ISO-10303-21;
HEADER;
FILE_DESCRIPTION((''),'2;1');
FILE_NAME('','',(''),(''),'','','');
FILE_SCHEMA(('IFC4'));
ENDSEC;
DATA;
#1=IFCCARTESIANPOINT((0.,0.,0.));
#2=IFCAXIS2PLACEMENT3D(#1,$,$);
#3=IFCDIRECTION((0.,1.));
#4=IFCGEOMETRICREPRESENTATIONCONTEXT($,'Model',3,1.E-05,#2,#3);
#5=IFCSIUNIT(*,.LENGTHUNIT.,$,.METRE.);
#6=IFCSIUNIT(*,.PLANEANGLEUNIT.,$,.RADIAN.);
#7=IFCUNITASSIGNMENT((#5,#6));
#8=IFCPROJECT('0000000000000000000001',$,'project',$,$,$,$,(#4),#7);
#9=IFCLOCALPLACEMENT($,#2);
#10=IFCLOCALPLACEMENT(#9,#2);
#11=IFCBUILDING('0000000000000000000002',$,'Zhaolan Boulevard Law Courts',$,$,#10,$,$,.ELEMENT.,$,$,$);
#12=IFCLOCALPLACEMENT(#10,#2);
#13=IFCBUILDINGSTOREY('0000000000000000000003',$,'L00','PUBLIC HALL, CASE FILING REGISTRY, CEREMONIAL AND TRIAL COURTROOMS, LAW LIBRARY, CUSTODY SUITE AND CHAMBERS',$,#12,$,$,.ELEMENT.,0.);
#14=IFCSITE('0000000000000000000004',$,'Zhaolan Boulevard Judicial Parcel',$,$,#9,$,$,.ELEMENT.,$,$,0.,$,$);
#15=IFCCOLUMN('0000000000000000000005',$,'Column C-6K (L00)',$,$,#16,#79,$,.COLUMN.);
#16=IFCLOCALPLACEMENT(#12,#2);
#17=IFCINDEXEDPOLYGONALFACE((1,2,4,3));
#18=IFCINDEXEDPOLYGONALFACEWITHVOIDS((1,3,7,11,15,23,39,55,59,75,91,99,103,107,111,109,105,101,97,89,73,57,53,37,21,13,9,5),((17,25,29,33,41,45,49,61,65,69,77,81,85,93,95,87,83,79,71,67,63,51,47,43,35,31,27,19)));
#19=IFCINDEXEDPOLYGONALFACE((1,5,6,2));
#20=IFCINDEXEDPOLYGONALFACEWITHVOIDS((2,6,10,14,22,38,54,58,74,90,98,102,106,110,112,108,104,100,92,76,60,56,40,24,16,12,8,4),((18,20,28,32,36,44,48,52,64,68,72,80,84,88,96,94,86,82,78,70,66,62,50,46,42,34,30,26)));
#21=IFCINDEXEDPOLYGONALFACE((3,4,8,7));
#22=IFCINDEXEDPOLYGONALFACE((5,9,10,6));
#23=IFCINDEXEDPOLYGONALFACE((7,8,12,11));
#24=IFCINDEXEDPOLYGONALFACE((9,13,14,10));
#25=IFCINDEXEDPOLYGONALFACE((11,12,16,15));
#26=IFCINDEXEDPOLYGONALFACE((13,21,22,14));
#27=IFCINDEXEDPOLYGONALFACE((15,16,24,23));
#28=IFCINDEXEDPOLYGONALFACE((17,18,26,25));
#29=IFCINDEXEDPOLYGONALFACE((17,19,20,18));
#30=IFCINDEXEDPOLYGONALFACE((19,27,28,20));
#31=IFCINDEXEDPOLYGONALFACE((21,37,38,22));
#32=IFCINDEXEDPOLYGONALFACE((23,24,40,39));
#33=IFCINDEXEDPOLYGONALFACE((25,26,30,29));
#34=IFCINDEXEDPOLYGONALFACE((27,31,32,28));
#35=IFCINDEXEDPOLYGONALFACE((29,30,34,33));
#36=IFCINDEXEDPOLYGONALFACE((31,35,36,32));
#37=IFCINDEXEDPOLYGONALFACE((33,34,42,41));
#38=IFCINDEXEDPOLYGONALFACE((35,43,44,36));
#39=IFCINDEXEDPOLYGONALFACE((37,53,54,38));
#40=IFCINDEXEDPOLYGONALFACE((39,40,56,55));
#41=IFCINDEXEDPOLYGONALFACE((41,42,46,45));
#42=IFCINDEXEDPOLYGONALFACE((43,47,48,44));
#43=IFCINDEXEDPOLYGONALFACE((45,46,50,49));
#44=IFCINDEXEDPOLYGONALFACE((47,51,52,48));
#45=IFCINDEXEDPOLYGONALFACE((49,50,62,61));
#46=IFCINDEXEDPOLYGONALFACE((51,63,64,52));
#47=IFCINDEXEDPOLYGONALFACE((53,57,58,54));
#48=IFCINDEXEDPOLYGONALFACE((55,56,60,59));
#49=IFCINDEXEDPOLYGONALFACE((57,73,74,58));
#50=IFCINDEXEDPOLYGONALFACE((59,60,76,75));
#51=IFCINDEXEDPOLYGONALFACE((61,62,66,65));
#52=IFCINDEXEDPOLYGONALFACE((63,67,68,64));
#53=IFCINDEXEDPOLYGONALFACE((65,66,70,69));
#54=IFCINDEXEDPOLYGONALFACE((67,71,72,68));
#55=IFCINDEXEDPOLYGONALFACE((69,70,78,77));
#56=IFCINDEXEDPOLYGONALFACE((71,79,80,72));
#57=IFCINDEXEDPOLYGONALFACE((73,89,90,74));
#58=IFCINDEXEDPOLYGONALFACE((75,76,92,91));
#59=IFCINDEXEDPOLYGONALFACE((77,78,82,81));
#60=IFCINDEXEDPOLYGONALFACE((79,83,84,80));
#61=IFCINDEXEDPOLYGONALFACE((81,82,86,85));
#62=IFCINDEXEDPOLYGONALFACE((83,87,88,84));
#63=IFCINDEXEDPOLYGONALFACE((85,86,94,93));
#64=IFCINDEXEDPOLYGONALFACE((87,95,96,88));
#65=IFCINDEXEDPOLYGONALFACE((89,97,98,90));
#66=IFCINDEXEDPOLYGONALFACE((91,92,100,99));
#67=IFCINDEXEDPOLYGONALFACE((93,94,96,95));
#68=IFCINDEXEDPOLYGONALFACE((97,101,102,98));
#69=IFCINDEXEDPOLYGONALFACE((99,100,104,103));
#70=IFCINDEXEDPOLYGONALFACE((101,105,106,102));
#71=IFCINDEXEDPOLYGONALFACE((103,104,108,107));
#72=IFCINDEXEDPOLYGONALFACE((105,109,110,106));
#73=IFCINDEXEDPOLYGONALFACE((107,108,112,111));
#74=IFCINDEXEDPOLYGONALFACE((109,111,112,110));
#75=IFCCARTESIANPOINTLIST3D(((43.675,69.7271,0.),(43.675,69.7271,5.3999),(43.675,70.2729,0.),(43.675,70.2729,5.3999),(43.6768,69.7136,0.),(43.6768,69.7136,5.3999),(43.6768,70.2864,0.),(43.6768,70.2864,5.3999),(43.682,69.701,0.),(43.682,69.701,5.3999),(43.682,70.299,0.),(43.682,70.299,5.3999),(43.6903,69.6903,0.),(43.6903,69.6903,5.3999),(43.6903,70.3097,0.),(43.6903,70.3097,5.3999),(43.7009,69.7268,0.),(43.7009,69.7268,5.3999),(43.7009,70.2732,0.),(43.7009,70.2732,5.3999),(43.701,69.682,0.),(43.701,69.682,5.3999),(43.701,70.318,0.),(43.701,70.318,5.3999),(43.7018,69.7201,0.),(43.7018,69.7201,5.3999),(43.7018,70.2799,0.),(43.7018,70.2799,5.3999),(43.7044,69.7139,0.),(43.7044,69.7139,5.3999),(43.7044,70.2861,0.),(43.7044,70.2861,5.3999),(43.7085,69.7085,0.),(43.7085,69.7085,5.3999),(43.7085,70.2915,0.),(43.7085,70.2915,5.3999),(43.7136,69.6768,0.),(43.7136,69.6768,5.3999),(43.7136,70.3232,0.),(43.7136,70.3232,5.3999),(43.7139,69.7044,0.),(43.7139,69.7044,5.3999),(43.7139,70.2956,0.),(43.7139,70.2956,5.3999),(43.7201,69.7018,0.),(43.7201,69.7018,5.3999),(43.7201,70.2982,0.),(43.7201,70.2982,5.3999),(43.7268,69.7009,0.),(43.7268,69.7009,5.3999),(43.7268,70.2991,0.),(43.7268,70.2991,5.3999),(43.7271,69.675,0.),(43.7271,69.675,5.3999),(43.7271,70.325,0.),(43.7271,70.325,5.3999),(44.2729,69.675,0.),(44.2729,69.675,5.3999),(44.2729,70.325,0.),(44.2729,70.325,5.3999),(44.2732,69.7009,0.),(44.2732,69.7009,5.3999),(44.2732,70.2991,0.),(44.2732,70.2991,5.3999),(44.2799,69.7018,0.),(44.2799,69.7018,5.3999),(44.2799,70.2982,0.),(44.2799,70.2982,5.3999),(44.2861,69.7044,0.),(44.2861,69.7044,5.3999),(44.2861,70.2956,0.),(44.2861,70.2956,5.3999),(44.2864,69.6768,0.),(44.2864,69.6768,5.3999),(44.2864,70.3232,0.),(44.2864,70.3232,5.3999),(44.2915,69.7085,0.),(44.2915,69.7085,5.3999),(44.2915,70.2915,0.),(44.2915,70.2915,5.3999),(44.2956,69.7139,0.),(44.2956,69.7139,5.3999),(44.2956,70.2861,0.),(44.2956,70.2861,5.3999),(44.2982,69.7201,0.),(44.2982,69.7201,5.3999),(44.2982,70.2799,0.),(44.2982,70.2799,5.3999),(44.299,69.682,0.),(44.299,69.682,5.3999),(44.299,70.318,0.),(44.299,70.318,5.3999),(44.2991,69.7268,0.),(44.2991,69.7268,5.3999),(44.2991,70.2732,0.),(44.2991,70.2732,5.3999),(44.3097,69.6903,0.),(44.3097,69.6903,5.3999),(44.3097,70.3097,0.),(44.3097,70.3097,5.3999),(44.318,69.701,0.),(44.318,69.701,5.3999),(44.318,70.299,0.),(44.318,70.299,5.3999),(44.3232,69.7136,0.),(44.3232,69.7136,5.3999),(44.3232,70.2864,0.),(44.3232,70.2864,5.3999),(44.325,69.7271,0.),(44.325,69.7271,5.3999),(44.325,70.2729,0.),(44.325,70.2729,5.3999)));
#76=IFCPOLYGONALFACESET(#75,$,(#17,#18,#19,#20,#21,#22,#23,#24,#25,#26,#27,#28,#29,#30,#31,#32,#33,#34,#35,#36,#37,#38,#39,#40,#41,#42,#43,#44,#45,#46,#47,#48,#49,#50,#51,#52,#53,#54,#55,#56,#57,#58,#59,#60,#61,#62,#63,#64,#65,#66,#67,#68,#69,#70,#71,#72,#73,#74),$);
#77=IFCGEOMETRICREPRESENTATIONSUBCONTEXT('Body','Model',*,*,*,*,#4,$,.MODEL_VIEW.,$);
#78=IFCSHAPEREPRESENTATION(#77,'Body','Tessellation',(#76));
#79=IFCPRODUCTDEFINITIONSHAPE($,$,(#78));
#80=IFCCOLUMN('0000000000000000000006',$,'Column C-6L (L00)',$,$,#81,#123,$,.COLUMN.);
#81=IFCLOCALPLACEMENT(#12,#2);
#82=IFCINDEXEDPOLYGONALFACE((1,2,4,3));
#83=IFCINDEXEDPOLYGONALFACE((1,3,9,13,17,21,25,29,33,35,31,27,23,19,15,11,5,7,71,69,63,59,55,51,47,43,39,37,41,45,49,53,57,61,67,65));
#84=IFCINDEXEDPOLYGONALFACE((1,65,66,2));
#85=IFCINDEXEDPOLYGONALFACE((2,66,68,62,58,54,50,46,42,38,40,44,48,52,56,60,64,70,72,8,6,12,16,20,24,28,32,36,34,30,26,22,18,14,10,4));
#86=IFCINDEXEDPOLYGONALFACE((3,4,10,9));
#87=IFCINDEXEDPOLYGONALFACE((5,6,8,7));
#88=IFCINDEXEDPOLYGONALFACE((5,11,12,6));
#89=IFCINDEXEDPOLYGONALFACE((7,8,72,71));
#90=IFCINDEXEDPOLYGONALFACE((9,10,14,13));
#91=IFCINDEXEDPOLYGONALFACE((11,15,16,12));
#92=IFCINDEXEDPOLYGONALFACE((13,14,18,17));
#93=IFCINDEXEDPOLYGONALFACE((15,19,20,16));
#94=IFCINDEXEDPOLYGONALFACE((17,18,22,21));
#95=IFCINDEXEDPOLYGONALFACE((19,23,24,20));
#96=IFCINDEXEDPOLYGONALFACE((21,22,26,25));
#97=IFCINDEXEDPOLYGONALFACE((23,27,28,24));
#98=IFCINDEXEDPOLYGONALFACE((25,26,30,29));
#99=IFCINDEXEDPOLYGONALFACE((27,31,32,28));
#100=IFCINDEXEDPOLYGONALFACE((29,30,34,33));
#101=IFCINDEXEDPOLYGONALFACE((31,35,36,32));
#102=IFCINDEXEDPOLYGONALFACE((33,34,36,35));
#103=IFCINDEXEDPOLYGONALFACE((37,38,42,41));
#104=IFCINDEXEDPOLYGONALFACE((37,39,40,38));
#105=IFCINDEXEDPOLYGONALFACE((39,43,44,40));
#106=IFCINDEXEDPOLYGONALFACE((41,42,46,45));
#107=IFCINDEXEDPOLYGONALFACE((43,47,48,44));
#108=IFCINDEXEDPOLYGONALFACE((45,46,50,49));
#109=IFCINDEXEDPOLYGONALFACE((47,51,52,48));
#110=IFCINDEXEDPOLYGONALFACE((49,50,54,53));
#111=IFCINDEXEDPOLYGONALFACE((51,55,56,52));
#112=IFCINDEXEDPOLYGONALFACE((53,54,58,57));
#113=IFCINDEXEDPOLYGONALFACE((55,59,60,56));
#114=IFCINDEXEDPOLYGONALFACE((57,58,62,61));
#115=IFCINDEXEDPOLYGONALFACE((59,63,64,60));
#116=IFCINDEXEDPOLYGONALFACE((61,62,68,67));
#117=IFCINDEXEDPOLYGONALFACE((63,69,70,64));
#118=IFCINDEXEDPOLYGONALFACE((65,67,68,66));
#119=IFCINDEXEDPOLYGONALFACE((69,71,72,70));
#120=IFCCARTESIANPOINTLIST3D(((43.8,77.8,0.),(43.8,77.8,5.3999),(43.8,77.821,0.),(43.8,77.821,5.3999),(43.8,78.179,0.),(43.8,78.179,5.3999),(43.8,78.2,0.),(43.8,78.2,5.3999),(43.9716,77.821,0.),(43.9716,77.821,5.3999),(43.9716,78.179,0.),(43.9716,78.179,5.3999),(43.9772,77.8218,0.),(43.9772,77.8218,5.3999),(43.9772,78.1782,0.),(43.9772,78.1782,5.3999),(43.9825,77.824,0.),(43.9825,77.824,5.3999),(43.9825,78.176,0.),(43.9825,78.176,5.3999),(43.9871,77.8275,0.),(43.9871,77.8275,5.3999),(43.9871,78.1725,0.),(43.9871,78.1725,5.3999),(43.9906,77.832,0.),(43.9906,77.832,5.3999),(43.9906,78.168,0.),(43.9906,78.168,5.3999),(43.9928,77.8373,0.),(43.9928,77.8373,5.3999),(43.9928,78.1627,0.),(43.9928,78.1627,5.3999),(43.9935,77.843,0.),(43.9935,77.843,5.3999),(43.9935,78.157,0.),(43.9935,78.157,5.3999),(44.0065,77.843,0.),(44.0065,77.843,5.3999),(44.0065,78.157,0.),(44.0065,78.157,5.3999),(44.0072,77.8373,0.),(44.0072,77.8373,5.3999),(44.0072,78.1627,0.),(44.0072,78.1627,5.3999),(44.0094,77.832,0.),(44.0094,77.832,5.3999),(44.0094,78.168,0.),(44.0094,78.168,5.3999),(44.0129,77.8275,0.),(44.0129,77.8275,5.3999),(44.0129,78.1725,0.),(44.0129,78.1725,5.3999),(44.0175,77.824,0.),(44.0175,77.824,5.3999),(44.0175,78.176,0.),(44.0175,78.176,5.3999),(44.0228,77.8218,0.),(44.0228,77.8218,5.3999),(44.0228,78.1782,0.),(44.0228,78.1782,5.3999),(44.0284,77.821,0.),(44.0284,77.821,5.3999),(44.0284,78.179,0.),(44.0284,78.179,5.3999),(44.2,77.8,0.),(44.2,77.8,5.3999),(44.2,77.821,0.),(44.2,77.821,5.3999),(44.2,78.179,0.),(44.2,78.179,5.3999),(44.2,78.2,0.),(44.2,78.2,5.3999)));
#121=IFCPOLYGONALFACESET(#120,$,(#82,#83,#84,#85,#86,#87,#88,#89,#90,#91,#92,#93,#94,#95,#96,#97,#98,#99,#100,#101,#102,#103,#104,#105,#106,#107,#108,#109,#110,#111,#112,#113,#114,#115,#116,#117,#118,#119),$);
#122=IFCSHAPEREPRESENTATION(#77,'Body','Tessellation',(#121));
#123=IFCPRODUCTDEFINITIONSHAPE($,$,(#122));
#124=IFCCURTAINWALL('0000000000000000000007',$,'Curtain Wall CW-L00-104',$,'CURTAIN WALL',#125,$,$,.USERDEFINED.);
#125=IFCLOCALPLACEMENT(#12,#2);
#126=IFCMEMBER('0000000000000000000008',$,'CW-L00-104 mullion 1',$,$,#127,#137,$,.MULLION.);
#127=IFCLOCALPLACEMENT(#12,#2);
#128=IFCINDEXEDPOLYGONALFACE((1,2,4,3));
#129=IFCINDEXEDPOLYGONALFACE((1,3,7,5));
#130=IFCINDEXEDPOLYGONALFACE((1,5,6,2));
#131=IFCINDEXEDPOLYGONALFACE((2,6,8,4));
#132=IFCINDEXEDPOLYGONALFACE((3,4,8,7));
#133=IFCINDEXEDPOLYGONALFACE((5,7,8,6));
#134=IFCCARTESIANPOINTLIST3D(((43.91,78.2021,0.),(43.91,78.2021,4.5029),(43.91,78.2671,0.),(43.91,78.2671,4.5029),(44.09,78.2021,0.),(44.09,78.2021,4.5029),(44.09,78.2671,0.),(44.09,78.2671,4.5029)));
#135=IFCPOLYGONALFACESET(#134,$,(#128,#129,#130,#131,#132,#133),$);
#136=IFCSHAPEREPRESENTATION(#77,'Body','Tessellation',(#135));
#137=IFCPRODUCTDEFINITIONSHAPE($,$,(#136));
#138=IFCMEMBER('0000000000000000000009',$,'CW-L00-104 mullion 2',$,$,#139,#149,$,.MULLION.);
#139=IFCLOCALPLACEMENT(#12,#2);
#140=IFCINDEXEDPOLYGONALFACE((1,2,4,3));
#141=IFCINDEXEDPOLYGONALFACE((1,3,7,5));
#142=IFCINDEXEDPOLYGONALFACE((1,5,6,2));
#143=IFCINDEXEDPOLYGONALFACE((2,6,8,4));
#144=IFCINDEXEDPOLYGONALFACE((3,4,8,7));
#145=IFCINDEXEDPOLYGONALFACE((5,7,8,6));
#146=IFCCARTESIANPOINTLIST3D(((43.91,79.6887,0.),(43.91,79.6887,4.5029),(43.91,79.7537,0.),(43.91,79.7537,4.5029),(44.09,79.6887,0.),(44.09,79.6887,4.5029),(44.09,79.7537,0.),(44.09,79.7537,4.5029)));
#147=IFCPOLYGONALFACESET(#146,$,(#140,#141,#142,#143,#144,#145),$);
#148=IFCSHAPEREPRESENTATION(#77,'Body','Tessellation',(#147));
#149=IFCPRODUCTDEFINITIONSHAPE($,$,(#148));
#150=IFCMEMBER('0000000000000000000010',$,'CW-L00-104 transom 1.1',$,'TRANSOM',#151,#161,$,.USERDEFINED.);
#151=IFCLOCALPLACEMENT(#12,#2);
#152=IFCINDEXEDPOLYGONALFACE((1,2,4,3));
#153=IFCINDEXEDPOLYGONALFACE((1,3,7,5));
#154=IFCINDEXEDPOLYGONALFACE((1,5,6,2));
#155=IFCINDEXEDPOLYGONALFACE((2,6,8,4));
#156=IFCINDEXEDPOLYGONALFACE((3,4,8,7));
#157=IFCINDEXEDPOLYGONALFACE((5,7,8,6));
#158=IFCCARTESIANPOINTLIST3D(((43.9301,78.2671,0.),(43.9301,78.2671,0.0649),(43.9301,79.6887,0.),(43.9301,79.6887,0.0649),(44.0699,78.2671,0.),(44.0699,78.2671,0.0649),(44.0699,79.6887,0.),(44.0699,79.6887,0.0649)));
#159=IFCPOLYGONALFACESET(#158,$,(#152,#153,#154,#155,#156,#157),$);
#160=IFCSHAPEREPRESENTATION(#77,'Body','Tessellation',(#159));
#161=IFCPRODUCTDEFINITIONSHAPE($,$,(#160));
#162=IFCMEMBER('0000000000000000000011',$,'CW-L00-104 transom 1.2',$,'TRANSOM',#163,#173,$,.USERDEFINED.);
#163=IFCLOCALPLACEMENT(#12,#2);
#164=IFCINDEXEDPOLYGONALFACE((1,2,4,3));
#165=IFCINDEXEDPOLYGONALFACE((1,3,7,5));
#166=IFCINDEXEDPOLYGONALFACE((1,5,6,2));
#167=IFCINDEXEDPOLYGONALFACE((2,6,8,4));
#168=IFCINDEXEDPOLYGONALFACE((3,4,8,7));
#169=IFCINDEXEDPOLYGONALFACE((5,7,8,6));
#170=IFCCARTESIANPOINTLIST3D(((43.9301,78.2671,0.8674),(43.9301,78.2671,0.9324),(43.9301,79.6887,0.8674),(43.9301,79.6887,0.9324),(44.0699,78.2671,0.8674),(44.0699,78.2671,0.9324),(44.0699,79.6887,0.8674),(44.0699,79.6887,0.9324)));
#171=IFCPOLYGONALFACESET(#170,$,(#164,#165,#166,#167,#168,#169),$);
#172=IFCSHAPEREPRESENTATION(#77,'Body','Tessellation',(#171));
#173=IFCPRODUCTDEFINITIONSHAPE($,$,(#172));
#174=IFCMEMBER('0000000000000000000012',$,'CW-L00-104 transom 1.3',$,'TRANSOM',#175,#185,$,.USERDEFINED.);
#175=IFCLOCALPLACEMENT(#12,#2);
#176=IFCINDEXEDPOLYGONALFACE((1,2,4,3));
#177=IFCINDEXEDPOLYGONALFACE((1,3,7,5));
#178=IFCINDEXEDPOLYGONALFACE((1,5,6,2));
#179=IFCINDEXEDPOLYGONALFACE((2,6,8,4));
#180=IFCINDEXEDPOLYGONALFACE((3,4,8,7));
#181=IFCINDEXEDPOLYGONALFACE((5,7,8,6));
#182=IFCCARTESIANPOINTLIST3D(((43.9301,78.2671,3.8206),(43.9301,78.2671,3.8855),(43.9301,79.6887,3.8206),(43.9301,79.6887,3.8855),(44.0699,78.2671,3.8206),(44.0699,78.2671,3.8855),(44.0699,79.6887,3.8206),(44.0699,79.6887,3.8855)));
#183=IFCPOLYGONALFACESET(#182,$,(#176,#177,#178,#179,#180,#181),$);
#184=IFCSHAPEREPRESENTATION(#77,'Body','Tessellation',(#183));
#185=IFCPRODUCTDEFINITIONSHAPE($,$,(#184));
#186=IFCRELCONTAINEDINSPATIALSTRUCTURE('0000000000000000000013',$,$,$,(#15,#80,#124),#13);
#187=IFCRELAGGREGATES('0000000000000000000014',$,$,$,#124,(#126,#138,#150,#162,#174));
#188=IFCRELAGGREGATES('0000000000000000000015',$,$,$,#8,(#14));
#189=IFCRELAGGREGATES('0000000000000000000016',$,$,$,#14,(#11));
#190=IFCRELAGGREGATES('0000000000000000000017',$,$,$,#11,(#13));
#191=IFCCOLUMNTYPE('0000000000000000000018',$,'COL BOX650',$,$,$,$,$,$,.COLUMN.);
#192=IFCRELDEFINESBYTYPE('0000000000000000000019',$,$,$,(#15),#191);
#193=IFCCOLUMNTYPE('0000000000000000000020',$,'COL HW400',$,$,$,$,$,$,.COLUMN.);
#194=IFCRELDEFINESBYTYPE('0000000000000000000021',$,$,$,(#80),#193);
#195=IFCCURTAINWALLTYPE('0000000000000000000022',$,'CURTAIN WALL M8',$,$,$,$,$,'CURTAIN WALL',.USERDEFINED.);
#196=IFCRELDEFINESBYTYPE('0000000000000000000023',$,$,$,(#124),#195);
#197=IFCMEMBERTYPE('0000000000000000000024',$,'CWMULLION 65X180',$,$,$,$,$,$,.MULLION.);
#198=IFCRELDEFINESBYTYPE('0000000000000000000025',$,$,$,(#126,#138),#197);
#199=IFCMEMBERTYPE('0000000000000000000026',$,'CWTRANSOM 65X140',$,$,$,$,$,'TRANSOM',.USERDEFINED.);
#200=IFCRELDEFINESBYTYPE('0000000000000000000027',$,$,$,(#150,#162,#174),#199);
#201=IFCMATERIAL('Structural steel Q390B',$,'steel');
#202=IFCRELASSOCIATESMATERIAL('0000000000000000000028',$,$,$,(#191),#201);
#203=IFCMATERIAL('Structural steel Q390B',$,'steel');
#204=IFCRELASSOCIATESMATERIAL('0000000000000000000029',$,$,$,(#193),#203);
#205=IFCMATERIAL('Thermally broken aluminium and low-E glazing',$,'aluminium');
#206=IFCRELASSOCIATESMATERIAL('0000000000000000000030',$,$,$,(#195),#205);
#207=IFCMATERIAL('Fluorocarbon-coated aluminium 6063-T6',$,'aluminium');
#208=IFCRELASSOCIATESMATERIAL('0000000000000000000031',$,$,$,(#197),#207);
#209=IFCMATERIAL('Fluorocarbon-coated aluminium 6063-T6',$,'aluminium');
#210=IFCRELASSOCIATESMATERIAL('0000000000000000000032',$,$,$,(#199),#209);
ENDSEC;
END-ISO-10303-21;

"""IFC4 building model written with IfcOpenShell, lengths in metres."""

from ifc_helpers import new_model, si_unit, direction, frame, origin, origin_2d, place, context, subcontext, project, spatial, rectangle, hollow_rectangle, i_section, extrude, material, material_profile, profile_set, type_object, element, aggregate, save


model = new_model("IFC4")

# Units and contexts
model_context = context("Model", 3, precision=1e-05, world=origin(), true_north=direction((0.0, 1.0)))
body_context = subcontext(model_context, "Body", "Model", "MODEL_VIEW")
ifc_project = project(units=[si_unit("LENGTHUNIT", "METRE"), si_unit("PLANEANGLEUNIT", "RADIAN")], contexts=[model_context])

# Site, building, storey
site_placement = place(None, origin())
site = spatial("IfcSite", under=ifc_project, at=site_placement, Name="Zhaolan Boulevard Judicial Parcel", CompositionType="ELEMENT", RefElevation=0.0)
building_placement = place(site_placement, origin())
building = spatial("IfcBuilding", under=site, at=building_placement, Name="Zhaolan Boulevard Law Courts", CompositionType="ELEMENT")
storey_placement = place(building_placement, origin())
storey = spatial("IfcBuildingStorey", under=building, at=storey_placement, Name="L00", Description="PUBLIC HALL, CASE FILING REGISTRY, CEREMONIAL AND TRIAL COURTROOMS, LAW LIBRARY, CUSTODY SUITE AND CHAMBERS", CompositionType="ELEMENT", Elevation=0.0)

# Columns
ifc_material_1 = material(Name="Structural steel Q390B", Category="steel")
ifc_material_profile_1 = material_profile(ifc_material_1, hollow_rectangle(XDim=0.6499, YDim=0.6499, WallThickness=0.0259, InnerFilletRadius=0.0259, OuterFilletRadius=0.052, at=origin_2d()), Name="BOX650x650x26")
ifc_profile_set_1 = profile_set([ifc_material_profile_1], Name="Structural steel Q390B")
column_type_1 = type_object("IfcColumnType", Name="COL BOX650", PredefinedType="COLUMN", material=ifc_profile_set_1)
column_1_placement = place(storey_placement, frame((44.0, 70.0, 0.0), z_axis=(0.0, 0.0, 1.0), x_axis=(1.0, 0.0, 0.0)))
element("IfcColumn", 1, at=column_1_placement, inside=storey, type_object=column_type_1, Name="Column C-6K (L00)", PredefinedType="COLUMN", context=body_context, shape_type="SweptSolid", body=[
    extrude(hollow_rectangle(XDim=0.6499, YDim=0.6499, WallThickness=0.0259, InnerFilletRadius=0.0259, OuterFilletRadius=0.052, at=origin_2d()), origin(), (0.0, 0.0, 1.0), 5.3999),
])
ifc_material_2 = material(Name="Structural steel Q390B", Category="steel")
ifc_material_profile_2 = material_profile(ifc_material_2, i_section(OverallWidth=0.3999, OverallDepth=0.3999, WebThickness=0.0129, FlangeThickness=0.021, FilletRadius=0.022, at=origin_2d()), Name="HW400x400")
ifc_profile_set_2 = profile_set([ifc_material_profile_2], Name="Structural steel Q390B")
column_type_2 = type_object("IfcColumnType", Name="COL HW400", PredefinedType="COLUMN", material=ifc_profile_set_2)
column_2_placement = place(storey_placement, frame((44.0, 78.0, 0.0), z_axis=(0.0, 0.0, 1.0), x_axis=(1.0, 0.0, 0.0)))
element("IfcColumn", 2, at=column_2_placement, inside=storey, type_object=column_type_2, Name="Column C-6L (L00)", PredefinedType="COLUMN", context=body_context, shape_type="SweptSolid", body=[
    extrude(i_section(OverallWidth=0.3999, OverallDepth=0.3999, WebThickness=0.0129, FlangeThickness=0.021, FilletRadius=0.022, at=origin_2d()), origin(), (0.0, 0.0, 1.0), 5.3999),
])

# Curtain wall, members
ifc_material_3 = material(Name="Thermally broken aluminium and low-E glazing", Category="aluminium")
curtain_wall_type = type_object("IfcCurtainWallType", Name="CURTAIN WALL M8", ElementType="CURTAIN WALL", PredefinedType="USERDEFINED", material=ifc_material_3)
curtain_wall_placement = place(storey_placement, origin())
curtain_wall = element("IfcCurtainWall", 3, at=curtain_wall_placement, inside=storey, type_object=curtain_wall_type, Name="Curtain Wall CW-L00-104", ObjectType="CURTAIN WALL", PredefinedType="USERDEFINED")
ifc_material_4 = material(Name="Fluorocarbon-coated aluminium 6063-T6", Category="aluminium")
ifc_material_profile_3 = material_profile(ifc_material_4, rectangle(XDim=0.1799, YDim=0.0649, at=origin_2d()), Name="AL65x180")
ifc_profile_set_3 = profile_set([ifc_material_profile_3], Name="Fluorocarbon-coated aluminium 6063-T6")
member_type_1 = type_object("IfcMemberType", Name="CWMULLION 65X180", PredefinedType="MULLION", material=ifc_profile_set_3)
member_1_placement = place(storey_placement, frame((44.0, 78.2346, 0.0), z_axis=(0.0, 0.0, 1.0), x_axis=(-1.0, 0.0, 0.0)))
member_1 = element("IfcMember", 4, at=member_1_placement, type_object=member_type_1, Name="CW-L00-104 mullion 1", PredefinedType="MULLION", context=body_context, shape_type="SweptSolid", body=[
    extrude(rectangle(XDim=0.1799, YDim=0.0649, at=origin_2d()), origin(), (0.0, 0.0, 1.0), 4.5029),
])
member_2_placement = place(storey_placement, frame((44.0, 79.7212, 0.0), z_axis=(0.0, 0.0, 1.0), x_axis=(-1.0, 0.0, 0.0)))
member_2 = element("IfcMember", 5, at=member_2_placement, type_object=member_type_1, Name="CW-L00-104 mullion 2", PredefinedType="MULLION", context=body_context, shape_type="SweptSolid", body=[
    extrude(rectangle(XDim=0.1799, YDim=0.0649, at=origin_2d()), origin(), (0.0, 0.0, 1.0), 4.5029),
])
ifc_material_5 = material(Name="Fluorocarbon-coated aluminium 6063-T6", Category="aluminium")
ifc_material_profile_4 = material_profile(ifc_material_5, rectangle(XDim=0.1399, YDim=0.0649, at=origin_2d()), Name="AL65x140")
ifc_profile_set_4 = profile_set([ifc_material_profile_4], Name="Fluorocarbon-coated aluminium 6063-T6")
member_type_2 = type_object("IfcMemberType", Name="CWTRANSOM 65X140", ElementType="TRANSOM", PredefinedType="USERDEFINED", material=ifc_profile_set_4)
member_3_placement = place(storey_placement, frame((44.0, 78.2671, 0.0325), z_axis=(0.0, 1.0, 0.0), x_axis=(-1.0, 0.0, 0.0)))
member_3 = element("IfcMember", 6, at=member_3_placement, type_object=member_type_2, Name="CW-L00-104 transom 1.1", ObjectType="TRANSOM", PredefinedType="USERDEFINED", context=body_context, shape_type="SweptSolid", body=[
    extrude(rectangle(XDim=0.1399, YDim=0.0649, at=origin_2d()), origin(), (0.0, 0.0, 1.0), 1.4216),
])
member_4_placement = place(storey_placement, frame((44.0, 78.2671, 0.8999), z_axis=(0.0, 1.0, 0.0), x_axis=(-1.0, 0.0, 0.0)))
member_4 = element("IfcMember", 7, at=member_4_placement, type_object=member_type_2, Name="CW-L00-104 transom 1.2", ObjectType="TRANSOM", PredefinedType="USERDEFINED", context=body_context, shape_type="SweptSolid", body=[
    extrude(rectangle(XDim=0.1399, YDim=0.0649, at=origin_2d()), origin(), (0.0, 0.0, 1.0), 1.4216),
])
member_5_placement = place(storey_placement, frame((44.0, 78.2671, 3.853), z_axis=(0.0, 1.0, 0.0), x_axis=(-1.0, 0.0, 0.0)))
member_5 = element("IfcMember", 8, at=member_5_placement, type_object=member_type_2, Name="CW-L00-104 transom 1.3", ObjectType="TRANSOM", PredefinedType="USERDEFINED", context=body_context, shape_type="SweptSolid", body=[
    extrude(rectangle(XDim=0.1399, YDim=0.0649, at=origin_2d()), origin(), (0.0, 0.0, 1.0), 1.4216),
])

aggregate(curtain_wall, [member_1, member_2, member_3, member_4, member_5])

save(model, "model.ifc")
